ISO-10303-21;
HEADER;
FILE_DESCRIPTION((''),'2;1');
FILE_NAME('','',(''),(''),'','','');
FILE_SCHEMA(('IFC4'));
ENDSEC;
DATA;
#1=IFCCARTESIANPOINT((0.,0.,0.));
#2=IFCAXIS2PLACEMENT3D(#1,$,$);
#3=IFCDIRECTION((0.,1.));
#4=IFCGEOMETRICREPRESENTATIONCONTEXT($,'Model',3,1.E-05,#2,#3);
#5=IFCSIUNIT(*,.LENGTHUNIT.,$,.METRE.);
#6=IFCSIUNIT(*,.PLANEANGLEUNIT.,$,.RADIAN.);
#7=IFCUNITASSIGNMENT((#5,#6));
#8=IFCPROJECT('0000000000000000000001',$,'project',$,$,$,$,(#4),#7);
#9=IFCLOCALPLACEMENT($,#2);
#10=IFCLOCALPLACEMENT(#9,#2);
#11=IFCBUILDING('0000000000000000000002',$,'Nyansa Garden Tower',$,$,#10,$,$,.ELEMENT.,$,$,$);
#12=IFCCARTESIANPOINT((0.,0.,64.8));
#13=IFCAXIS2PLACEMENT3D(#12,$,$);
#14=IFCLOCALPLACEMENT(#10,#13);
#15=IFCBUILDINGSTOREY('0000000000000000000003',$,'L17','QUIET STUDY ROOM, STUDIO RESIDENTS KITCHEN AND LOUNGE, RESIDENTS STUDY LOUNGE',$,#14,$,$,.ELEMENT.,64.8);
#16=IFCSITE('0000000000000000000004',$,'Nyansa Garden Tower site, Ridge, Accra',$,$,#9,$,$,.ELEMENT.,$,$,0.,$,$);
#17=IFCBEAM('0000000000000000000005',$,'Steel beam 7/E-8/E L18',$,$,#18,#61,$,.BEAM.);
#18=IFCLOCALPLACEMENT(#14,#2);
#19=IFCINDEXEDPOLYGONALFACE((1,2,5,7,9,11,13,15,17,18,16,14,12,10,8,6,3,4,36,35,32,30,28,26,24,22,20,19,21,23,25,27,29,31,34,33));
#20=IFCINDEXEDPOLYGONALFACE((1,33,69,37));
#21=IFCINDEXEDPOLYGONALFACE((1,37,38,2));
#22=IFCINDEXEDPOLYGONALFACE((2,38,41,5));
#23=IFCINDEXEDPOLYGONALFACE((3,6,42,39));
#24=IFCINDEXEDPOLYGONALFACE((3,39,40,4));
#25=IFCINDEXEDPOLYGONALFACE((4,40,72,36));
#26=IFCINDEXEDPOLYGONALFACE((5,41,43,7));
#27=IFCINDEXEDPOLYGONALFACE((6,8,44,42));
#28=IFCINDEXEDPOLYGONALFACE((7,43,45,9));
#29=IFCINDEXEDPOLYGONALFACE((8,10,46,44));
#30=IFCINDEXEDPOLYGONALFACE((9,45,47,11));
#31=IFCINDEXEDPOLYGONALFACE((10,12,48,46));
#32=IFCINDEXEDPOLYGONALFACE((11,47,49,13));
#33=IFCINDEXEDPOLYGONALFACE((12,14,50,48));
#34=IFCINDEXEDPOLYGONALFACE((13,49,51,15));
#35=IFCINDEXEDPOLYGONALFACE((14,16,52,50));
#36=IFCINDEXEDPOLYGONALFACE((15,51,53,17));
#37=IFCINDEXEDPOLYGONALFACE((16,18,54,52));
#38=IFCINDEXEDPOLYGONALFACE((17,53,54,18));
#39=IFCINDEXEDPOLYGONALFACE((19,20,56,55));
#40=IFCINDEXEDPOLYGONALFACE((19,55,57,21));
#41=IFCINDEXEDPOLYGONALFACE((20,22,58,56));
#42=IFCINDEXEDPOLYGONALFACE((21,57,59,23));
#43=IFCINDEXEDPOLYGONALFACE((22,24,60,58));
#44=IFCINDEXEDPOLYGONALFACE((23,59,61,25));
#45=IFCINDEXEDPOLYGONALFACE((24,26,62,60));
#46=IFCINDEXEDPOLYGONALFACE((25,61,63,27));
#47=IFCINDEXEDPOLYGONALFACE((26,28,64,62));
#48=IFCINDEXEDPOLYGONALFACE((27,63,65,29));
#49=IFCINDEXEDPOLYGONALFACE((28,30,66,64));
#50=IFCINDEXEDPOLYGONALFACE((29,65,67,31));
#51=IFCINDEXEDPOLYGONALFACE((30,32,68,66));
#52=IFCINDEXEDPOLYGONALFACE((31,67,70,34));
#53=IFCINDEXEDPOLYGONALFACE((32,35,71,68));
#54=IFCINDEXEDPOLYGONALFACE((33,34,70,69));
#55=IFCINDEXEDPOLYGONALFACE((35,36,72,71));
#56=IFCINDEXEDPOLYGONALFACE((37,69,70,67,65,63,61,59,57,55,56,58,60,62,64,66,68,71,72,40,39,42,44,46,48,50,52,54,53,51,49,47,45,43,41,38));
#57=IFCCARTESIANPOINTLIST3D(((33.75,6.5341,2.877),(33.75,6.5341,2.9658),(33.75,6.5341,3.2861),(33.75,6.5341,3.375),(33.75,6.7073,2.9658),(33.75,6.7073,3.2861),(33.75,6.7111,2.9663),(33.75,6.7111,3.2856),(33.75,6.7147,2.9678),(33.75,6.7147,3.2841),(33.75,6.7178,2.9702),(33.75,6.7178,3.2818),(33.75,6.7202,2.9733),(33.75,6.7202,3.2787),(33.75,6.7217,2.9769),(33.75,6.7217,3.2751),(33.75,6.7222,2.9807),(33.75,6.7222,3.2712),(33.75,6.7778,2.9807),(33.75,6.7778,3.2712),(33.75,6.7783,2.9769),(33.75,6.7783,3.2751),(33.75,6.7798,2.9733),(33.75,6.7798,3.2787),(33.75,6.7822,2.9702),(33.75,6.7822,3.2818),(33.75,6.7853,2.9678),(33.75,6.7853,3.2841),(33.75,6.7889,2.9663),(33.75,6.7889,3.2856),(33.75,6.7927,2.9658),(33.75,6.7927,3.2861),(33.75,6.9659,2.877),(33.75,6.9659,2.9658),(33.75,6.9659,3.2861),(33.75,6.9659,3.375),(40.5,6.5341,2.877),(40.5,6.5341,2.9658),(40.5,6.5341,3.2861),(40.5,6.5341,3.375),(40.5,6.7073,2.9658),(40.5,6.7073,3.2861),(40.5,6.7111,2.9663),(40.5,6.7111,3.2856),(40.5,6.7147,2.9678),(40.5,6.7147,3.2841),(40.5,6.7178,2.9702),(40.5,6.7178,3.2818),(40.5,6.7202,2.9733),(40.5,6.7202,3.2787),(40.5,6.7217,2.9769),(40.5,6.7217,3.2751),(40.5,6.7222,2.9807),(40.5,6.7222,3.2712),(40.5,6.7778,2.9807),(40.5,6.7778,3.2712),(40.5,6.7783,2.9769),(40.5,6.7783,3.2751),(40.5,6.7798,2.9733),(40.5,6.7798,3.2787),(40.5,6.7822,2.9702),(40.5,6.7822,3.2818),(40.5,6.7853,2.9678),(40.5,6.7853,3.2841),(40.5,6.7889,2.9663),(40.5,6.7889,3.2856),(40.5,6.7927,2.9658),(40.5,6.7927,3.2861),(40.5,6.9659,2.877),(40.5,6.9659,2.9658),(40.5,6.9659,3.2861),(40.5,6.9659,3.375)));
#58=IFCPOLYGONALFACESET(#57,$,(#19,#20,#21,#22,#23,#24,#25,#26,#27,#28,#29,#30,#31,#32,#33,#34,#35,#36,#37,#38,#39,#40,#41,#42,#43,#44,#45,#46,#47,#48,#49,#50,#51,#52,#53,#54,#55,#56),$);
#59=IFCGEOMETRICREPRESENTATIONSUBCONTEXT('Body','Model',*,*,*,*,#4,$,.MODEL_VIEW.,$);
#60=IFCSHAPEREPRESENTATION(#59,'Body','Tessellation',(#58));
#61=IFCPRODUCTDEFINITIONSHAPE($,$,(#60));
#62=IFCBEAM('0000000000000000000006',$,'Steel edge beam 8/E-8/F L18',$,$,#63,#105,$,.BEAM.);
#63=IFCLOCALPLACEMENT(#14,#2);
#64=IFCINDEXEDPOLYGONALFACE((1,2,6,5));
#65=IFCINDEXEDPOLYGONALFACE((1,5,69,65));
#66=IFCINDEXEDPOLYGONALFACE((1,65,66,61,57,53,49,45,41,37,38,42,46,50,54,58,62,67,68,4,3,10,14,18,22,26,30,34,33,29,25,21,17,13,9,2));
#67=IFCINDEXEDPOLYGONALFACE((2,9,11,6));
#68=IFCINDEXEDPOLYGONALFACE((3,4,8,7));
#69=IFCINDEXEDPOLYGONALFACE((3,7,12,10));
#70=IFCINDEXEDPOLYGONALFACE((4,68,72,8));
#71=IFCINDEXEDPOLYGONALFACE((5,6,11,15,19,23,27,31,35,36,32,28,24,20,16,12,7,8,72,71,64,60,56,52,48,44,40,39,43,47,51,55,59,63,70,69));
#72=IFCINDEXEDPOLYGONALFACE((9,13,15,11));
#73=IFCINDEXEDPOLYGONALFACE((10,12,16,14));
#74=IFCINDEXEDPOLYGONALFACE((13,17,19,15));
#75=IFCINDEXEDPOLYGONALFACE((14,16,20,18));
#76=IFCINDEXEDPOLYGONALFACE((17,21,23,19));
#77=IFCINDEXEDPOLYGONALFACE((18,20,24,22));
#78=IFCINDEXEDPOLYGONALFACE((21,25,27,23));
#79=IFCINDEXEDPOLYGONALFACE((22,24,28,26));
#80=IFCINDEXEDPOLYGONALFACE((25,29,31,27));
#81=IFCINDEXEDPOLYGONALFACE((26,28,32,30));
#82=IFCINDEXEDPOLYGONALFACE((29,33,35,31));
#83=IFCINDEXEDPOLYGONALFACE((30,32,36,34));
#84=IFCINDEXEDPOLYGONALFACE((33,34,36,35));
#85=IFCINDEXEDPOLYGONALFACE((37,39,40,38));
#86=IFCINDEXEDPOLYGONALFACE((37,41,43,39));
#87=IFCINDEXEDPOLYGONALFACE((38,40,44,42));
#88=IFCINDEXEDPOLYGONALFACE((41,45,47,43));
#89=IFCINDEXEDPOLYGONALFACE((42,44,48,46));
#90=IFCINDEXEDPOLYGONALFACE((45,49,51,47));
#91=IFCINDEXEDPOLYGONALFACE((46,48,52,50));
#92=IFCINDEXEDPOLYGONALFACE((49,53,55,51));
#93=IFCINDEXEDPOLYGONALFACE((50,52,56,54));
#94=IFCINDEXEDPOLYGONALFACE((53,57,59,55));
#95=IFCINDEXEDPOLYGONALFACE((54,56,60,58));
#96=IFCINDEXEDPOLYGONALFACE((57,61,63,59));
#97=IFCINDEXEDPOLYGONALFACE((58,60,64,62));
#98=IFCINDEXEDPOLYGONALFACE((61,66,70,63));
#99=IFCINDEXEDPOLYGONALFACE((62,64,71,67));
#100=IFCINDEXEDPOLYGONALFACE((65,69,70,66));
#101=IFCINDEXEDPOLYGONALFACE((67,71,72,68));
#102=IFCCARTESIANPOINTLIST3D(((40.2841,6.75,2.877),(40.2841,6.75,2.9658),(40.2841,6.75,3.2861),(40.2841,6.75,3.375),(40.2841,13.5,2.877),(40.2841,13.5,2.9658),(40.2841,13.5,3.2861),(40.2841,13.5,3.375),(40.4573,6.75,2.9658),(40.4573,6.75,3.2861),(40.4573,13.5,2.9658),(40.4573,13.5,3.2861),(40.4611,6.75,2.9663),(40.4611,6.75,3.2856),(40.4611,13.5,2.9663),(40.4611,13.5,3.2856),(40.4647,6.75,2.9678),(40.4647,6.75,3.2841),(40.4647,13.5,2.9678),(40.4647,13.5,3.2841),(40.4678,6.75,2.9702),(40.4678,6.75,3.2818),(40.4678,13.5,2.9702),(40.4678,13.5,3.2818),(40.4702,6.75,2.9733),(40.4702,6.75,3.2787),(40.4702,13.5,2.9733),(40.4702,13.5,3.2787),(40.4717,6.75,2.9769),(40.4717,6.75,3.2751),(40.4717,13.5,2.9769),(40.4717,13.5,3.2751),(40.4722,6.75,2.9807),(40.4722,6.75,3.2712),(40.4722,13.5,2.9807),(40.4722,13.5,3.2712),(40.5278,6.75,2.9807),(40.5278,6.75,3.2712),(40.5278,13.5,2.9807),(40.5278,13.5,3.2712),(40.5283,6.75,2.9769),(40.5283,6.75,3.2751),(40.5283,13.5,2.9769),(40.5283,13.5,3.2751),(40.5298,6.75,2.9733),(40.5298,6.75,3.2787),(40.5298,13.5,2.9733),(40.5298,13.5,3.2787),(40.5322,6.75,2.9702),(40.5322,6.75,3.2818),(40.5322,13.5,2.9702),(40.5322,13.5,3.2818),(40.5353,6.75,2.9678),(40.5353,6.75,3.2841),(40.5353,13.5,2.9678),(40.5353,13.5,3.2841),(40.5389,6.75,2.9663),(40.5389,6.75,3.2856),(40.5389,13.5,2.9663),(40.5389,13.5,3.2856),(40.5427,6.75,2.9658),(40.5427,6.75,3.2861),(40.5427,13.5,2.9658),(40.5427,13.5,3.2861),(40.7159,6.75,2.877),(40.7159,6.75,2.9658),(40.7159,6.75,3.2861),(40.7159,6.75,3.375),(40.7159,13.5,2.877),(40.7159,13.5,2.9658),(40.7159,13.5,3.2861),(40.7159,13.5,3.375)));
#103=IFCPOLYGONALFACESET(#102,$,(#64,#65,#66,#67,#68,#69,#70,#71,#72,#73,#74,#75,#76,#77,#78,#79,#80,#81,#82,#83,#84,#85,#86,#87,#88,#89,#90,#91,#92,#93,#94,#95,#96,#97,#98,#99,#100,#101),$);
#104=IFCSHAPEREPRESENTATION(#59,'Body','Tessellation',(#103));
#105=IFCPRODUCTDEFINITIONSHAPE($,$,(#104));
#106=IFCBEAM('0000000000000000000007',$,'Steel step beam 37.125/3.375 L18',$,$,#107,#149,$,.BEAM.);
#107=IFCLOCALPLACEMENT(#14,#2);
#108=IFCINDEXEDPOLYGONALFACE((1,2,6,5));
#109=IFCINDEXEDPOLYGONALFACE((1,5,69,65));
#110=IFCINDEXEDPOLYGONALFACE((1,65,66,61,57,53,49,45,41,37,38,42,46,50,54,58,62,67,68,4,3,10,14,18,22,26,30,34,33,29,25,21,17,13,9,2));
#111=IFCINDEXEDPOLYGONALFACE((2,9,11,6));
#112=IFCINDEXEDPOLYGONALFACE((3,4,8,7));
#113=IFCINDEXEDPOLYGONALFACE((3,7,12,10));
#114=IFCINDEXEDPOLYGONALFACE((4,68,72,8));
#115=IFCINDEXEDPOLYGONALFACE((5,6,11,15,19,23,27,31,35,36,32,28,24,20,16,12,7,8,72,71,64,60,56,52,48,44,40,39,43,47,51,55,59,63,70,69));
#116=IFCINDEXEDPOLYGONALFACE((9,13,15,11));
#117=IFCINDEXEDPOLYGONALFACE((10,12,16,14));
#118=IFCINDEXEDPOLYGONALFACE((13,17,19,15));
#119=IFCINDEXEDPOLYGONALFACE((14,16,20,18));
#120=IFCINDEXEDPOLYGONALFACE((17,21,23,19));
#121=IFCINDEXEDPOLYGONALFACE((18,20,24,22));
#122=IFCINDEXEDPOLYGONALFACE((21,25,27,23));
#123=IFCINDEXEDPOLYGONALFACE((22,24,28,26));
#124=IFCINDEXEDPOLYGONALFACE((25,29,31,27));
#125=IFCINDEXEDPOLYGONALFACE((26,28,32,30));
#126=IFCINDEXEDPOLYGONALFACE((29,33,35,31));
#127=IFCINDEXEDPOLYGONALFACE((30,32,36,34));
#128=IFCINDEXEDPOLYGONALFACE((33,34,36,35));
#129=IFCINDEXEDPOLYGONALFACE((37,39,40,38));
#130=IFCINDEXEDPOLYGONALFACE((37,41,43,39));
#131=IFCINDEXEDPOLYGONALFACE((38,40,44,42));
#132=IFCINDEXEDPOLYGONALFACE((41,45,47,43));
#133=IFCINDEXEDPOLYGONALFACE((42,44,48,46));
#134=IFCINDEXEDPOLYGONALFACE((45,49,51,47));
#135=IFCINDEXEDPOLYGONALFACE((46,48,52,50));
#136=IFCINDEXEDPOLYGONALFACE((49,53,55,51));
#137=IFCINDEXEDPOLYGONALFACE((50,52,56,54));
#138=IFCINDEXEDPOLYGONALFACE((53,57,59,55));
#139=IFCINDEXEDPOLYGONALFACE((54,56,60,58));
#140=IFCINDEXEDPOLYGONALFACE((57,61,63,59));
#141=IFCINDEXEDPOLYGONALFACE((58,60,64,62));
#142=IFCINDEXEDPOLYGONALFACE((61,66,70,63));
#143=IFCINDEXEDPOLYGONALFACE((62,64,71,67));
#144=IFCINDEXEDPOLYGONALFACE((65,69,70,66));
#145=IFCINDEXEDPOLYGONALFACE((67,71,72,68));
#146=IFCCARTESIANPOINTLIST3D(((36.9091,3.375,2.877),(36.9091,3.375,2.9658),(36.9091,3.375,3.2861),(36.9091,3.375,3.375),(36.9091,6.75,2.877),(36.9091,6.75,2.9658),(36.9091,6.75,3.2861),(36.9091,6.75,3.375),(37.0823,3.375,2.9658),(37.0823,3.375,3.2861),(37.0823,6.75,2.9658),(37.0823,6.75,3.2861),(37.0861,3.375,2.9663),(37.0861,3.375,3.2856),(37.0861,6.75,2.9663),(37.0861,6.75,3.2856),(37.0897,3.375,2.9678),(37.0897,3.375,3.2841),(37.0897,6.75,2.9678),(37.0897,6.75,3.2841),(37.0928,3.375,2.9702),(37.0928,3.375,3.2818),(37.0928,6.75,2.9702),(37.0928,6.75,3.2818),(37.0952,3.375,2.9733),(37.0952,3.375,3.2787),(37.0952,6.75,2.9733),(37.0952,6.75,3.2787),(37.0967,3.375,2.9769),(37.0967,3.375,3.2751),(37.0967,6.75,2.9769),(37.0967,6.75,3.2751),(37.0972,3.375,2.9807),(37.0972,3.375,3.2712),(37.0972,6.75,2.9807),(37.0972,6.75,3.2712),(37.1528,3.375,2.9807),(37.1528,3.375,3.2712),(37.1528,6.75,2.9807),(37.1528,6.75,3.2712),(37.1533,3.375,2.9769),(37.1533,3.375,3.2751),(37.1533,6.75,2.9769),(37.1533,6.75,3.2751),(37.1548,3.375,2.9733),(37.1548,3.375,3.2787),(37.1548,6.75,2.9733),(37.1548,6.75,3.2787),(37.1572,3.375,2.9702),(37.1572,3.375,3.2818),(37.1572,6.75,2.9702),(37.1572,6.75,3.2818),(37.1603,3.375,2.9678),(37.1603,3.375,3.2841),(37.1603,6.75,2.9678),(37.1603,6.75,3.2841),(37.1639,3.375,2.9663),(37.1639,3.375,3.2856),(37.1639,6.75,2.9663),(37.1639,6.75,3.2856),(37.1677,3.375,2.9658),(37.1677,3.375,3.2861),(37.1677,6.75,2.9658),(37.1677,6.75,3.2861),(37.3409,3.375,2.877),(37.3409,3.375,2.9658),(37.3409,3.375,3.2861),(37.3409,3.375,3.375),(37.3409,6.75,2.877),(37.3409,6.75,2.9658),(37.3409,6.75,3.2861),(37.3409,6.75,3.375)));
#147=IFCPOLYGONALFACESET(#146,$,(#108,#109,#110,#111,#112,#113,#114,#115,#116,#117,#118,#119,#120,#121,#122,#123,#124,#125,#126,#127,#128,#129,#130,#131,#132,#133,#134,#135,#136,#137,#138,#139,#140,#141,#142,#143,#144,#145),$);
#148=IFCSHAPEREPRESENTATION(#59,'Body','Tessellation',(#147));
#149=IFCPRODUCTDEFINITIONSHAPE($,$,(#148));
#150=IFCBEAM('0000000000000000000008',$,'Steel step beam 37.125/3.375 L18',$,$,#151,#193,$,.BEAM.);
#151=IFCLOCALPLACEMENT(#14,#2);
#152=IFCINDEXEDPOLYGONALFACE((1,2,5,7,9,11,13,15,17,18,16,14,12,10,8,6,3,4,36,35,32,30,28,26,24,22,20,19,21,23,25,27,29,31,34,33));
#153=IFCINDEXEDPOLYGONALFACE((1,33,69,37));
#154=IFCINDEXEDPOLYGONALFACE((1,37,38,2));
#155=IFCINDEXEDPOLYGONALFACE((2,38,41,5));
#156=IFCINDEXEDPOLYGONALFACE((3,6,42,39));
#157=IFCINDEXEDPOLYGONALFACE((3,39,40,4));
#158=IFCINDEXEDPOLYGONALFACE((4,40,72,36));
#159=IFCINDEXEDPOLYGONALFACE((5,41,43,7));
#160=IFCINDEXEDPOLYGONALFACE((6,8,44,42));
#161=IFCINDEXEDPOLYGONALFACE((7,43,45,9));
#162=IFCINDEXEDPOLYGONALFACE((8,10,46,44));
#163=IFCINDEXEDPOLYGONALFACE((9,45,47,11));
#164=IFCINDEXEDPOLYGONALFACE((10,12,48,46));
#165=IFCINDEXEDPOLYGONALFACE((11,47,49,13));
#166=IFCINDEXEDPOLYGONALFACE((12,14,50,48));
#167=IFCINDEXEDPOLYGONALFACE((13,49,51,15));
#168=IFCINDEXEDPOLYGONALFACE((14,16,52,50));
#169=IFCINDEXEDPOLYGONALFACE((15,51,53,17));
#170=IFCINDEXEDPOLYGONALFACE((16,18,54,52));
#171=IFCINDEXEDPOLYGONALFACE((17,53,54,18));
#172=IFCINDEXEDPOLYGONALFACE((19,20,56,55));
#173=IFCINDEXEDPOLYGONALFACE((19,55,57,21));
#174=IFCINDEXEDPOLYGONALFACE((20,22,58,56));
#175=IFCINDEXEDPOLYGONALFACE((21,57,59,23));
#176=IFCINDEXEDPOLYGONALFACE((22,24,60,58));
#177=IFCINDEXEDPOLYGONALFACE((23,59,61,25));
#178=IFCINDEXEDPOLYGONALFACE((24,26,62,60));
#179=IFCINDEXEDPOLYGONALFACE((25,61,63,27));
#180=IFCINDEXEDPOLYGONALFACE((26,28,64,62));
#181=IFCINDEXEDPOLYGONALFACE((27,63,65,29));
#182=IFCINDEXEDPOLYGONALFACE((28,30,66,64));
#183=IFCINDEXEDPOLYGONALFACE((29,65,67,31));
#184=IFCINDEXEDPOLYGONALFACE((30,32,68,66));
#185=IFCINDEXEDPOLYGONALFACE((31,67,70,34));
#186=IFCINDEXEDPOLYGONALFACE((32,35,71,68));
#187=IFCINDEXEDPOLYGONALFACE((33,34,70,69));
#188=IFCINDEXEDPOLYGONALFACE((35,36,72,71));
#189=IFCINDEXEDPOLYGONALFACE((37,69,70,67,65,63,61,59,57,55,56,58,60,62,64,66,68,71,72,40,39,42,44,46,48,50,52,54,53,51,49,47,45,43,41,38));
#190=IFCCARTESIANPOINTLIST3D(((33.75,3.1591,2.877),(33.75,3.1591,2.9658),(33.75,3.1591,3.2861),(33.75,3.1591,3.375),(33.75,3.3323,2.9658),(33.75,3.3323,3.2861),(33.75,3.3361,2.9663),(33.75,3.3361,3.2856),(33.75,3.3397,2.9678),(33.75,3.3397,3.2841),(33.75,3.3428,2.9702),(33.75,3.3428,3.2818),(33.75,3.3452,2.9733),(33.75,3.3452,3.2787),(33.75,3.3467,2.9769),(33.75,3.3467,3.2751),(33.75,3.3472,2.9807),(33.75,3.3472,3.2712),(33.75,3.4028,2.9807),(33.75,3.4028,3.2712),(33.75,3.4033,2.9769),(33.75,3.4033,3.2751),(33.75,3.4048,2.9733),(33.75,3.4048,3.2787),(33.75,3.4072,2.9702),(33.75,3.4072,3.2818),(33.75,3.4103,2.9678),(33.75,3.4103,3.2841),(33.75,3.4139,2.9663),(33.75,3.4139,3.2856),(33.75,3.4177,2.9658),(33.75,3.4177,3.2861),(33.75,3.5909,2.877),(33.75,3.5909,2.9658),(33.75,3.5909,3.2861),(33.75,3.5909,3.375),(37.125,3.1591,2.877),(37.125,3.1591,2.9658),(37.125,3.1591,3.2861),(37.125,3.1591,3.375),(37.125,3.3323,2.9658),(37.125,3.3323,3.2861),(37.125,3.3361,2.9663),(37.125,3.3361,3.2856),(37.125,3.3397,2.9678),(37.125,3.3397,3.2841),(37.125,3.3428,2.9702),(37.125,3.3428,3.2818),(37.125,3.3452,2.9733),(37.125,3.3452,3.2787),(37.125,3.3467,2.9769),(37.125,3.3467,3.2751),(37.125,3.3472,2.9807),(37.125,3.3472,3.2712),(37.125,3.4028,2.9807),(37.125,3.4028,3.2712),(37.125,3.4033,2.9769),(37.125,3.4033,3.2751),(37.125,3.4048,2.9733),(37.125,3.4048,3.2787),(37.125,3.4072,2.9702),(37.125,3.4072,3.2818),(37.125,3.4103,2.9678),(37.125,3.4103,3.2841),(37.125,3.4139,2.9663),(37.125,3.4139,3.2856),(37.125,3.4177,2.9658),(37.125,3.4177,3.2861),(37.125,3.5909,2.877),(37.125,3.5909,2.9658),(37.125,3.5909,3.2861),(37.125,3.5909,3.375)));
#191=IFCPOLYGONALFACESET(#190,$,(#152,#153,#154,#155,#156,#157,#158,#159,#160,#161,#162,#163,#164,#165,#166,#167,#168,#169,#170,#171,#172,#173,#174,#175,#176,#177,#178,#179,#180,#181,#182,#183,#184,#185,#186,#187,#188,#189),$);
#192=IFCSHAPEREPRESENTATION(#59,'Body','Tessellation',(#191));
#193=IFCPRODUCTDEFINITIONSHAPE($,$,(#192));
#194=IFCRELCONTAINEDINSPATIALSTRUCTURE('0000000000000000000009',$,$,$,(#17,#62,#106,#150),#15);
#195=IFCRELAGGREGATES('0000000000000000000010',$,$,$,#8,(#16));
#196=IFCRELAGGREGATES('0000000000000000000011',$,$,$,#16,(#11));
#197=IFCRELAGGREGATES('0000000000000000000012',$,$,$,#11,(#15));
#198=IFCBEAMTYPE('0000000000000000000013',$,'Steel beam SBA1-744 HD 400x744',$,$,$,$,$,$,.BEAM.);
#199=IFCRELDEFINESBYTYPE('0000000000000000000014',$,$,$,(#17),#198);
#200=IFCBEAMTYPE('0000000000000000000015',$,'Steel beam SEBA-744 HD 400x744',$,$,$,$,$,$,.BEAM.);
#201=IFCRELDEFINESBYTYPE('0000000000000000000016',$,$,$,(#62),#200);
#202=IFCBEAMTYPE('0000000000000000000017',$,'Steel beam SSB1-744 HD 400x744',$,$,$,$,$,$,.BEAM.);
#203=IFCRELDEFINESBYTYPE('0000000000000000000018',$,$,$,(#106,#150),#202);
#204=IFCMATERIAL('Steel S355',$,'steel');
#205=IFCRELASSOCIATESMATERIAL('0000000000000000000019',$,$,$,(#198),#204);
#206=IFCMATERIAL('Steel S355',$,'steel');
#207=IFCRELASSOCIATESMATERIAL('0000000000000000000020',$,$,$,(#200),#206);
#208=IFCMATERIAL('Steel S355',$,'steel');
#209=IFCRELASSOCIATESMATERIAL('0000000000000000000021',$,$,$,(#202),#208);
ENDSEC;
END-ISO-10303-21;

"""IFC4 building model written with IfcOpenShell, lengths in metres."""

from ifc_helpers import new_model, si_unit, direction, frame, origin, origin_2d, place, context, subcontext, project, spatial, i_section, extrude, material, material_profile, profile_set, type_object, element, save


model = new_model("IFC4")

# Units and contexts
model_context = context("Model", 3, precision=1e-05, world=origin(), true_north=direction((0.0, 1.0)))
body_context = subcontext(model_context, "Body", "Model", "MODEL_VIEW")
ifc_project = project(units=[si_unit("LENGTHUNIT", "METRE"), si_unit("PLANEANGLEUNIT", "RADIAN")], contexts=[model_context])

# Site, building, storey
site_placement = place(None, origin())
site = spatial("IfcSite", under=ifc_project, at=site_placement, Name="Nyansa Garden Tower site, Ridge, Accra", CompositionType="ELEMENT", RefElevation=0.0)
building_placement = place(site_placement, origin())
building = spatial("IfcBuilding", under=site, at=building_placement, Name="Nyansa Garden Tower", CompositionType="ELEMENT")
storey_placement = place(building_placement, frame((0.0, 0.0, 64.8)))
storey = spatial("IfcBuildingStorey", under=building, at=storey_placement, Name="L17", Description="QUIET STUDY ROOM, STUDIO RESIDENTS KITCHEN AND LOUNGE, RESIDENTS STUDY LOUNGE", CompositionType="ELEMENT", Elevation=64.8)

# Beams
ifc_material_1 = material(Name="Steel S355", Category="steel")
ifc_material_profile_1 = material_profile(ifc_material_1, i_section(OverallWidth=0.4319, OverallDepth=0.498, WebThickness=0.0557, FlangeThickness=0.0889, FilletRadius=0.0149, at=origin_2d()), Name="HD 400x744")
ifc_profile_set_1 = profile_set([ifc_material_profile_1], Name="Steel S355")
beam_type_1 = type_object("IfcBeamType", Name="Steel beam SBA1-744 HD 400x744", PredefinedType="BEAM", material=ifc_profile_set_1)
for number, where, z_axis, x_axis, name in (
    (1, (33.75, 6.75, 3.126), (1.0, 0.0, 0.0), (0.0, 1.0, 0.0), "Steel beam 7/E-8/E L18"),
):
    element("IfcBeam", number, at=place(storey_placement, frame(where, z_axis=z_axis, x_axis=x_axis)), inside=storey, type_object=beam_type_1, Name=name, PredefinedType="BEAM", context=body_context, shape_type="SweptSolid", body=[
        extrude(i_section(OverallWidth=0.4319, OverallDepth=0.498, WebThickness=0.0557, FlangeThickness=0.0889, FilletRadius=0.0149, at=origin_2d()), origin(), (0.0, 0.0, 1.0), 6.75),
    ])
ifc_material_2 = material(Name="Steel S355", Category="steel")
ifc_material_profile_2 = material_profile(ifc_material_2, i_section(OverallWidth=0.4319, OverallDepth=0.498, WebThickness=0.0557, FlangeThickness=0.0889, FilletRadius=0.0149, at=origin_2d()), Name="HD 400x744")
ifc_profile_set_2 = profile_set([ifc_material_profile_2], Name="Steel S355")
beam_type_2 = type_object("IfcBeamType", Name="Steel beam SEBA-744 HD 400x744", PredefinedType="BEAM", material=ifc_profile_set_2)
beam_placement = place(storey_placement, frame((40.5, 6.75, 3.126), z_axis=(0.0, 1.0, 0.0), x_axis=(-1.0, 0.0, 0.0)))
element("IfcBeam", 2, at=beam_placement, inside=storey, type_object=beam_type_2, Name="Steel edge beam 8/E-8/F L18", PredefinedType="BEAM", context=body_context, shape_type="SweptSolid", body=[
    extrude(i_section(OverallWidth=0.4319, OverallDepth=0.498, WebThickness=0.0557, FlangeThickness=0.0889, FilletRadius=0.0149, at=origin_2d()), origin(), (0.0, 0.0, 1.0), 6.75),
])
ifc_material_3 = material(Name="Steel S355", Category="steel")
ifc_material_profile_3 = material_profile(ifc_material_3, i_section(OverallWidth=0.4319, OverallDepth=0.498, WebThickness=0.0557, FlangeThickness=0.0889, FilletRadius=0.0149, at=origin_2d()), Name="HD 400x744")
ifc_profile_set_3 = profile_set([ifc_material_profile_3], Name="Steel S355")
beam_type_3 = type_object("IfcBeamType", Name="Steel beam SSB1-744 HD 400x744", PredefinedType="BEAM", material=ifc_profile_set_3)
for number, where, z_axis, x_axis, name in (
    (3, (37.125, 3.375, 3.126), (0.0, 1.0, 0.0), (-1.0, 0.0, 0.0), "Steel step beam 37.125/3.375 L18"),
    (4, (37.125, 3.375, 3.126), (-1.0, 0.0, 0.0), (0.0, -1.0, 0.0), "Steel step beam 37.125/3.375 L18"),
):
    element("IfcBeam", number, at=place(storey_placement, frame(where, z_axis=z_axis, x_axis=x_axis)), inside=storey, type_object=beam_type_3, Name=name, PredefinedType="BEAM", context=body_context, shape_type="SweptSolid", body=[
        extrude(i_section(OverallWidth=0.4319, OverallDepth=0.498, WebThickness=0.0557, FlangeThickness=0.0889, FilletRadius=0.0149, at=origin_2d()), origin(), (0.0, 0.0, 1.0), 3.375),
    ])

save(model, "model.ifc")
